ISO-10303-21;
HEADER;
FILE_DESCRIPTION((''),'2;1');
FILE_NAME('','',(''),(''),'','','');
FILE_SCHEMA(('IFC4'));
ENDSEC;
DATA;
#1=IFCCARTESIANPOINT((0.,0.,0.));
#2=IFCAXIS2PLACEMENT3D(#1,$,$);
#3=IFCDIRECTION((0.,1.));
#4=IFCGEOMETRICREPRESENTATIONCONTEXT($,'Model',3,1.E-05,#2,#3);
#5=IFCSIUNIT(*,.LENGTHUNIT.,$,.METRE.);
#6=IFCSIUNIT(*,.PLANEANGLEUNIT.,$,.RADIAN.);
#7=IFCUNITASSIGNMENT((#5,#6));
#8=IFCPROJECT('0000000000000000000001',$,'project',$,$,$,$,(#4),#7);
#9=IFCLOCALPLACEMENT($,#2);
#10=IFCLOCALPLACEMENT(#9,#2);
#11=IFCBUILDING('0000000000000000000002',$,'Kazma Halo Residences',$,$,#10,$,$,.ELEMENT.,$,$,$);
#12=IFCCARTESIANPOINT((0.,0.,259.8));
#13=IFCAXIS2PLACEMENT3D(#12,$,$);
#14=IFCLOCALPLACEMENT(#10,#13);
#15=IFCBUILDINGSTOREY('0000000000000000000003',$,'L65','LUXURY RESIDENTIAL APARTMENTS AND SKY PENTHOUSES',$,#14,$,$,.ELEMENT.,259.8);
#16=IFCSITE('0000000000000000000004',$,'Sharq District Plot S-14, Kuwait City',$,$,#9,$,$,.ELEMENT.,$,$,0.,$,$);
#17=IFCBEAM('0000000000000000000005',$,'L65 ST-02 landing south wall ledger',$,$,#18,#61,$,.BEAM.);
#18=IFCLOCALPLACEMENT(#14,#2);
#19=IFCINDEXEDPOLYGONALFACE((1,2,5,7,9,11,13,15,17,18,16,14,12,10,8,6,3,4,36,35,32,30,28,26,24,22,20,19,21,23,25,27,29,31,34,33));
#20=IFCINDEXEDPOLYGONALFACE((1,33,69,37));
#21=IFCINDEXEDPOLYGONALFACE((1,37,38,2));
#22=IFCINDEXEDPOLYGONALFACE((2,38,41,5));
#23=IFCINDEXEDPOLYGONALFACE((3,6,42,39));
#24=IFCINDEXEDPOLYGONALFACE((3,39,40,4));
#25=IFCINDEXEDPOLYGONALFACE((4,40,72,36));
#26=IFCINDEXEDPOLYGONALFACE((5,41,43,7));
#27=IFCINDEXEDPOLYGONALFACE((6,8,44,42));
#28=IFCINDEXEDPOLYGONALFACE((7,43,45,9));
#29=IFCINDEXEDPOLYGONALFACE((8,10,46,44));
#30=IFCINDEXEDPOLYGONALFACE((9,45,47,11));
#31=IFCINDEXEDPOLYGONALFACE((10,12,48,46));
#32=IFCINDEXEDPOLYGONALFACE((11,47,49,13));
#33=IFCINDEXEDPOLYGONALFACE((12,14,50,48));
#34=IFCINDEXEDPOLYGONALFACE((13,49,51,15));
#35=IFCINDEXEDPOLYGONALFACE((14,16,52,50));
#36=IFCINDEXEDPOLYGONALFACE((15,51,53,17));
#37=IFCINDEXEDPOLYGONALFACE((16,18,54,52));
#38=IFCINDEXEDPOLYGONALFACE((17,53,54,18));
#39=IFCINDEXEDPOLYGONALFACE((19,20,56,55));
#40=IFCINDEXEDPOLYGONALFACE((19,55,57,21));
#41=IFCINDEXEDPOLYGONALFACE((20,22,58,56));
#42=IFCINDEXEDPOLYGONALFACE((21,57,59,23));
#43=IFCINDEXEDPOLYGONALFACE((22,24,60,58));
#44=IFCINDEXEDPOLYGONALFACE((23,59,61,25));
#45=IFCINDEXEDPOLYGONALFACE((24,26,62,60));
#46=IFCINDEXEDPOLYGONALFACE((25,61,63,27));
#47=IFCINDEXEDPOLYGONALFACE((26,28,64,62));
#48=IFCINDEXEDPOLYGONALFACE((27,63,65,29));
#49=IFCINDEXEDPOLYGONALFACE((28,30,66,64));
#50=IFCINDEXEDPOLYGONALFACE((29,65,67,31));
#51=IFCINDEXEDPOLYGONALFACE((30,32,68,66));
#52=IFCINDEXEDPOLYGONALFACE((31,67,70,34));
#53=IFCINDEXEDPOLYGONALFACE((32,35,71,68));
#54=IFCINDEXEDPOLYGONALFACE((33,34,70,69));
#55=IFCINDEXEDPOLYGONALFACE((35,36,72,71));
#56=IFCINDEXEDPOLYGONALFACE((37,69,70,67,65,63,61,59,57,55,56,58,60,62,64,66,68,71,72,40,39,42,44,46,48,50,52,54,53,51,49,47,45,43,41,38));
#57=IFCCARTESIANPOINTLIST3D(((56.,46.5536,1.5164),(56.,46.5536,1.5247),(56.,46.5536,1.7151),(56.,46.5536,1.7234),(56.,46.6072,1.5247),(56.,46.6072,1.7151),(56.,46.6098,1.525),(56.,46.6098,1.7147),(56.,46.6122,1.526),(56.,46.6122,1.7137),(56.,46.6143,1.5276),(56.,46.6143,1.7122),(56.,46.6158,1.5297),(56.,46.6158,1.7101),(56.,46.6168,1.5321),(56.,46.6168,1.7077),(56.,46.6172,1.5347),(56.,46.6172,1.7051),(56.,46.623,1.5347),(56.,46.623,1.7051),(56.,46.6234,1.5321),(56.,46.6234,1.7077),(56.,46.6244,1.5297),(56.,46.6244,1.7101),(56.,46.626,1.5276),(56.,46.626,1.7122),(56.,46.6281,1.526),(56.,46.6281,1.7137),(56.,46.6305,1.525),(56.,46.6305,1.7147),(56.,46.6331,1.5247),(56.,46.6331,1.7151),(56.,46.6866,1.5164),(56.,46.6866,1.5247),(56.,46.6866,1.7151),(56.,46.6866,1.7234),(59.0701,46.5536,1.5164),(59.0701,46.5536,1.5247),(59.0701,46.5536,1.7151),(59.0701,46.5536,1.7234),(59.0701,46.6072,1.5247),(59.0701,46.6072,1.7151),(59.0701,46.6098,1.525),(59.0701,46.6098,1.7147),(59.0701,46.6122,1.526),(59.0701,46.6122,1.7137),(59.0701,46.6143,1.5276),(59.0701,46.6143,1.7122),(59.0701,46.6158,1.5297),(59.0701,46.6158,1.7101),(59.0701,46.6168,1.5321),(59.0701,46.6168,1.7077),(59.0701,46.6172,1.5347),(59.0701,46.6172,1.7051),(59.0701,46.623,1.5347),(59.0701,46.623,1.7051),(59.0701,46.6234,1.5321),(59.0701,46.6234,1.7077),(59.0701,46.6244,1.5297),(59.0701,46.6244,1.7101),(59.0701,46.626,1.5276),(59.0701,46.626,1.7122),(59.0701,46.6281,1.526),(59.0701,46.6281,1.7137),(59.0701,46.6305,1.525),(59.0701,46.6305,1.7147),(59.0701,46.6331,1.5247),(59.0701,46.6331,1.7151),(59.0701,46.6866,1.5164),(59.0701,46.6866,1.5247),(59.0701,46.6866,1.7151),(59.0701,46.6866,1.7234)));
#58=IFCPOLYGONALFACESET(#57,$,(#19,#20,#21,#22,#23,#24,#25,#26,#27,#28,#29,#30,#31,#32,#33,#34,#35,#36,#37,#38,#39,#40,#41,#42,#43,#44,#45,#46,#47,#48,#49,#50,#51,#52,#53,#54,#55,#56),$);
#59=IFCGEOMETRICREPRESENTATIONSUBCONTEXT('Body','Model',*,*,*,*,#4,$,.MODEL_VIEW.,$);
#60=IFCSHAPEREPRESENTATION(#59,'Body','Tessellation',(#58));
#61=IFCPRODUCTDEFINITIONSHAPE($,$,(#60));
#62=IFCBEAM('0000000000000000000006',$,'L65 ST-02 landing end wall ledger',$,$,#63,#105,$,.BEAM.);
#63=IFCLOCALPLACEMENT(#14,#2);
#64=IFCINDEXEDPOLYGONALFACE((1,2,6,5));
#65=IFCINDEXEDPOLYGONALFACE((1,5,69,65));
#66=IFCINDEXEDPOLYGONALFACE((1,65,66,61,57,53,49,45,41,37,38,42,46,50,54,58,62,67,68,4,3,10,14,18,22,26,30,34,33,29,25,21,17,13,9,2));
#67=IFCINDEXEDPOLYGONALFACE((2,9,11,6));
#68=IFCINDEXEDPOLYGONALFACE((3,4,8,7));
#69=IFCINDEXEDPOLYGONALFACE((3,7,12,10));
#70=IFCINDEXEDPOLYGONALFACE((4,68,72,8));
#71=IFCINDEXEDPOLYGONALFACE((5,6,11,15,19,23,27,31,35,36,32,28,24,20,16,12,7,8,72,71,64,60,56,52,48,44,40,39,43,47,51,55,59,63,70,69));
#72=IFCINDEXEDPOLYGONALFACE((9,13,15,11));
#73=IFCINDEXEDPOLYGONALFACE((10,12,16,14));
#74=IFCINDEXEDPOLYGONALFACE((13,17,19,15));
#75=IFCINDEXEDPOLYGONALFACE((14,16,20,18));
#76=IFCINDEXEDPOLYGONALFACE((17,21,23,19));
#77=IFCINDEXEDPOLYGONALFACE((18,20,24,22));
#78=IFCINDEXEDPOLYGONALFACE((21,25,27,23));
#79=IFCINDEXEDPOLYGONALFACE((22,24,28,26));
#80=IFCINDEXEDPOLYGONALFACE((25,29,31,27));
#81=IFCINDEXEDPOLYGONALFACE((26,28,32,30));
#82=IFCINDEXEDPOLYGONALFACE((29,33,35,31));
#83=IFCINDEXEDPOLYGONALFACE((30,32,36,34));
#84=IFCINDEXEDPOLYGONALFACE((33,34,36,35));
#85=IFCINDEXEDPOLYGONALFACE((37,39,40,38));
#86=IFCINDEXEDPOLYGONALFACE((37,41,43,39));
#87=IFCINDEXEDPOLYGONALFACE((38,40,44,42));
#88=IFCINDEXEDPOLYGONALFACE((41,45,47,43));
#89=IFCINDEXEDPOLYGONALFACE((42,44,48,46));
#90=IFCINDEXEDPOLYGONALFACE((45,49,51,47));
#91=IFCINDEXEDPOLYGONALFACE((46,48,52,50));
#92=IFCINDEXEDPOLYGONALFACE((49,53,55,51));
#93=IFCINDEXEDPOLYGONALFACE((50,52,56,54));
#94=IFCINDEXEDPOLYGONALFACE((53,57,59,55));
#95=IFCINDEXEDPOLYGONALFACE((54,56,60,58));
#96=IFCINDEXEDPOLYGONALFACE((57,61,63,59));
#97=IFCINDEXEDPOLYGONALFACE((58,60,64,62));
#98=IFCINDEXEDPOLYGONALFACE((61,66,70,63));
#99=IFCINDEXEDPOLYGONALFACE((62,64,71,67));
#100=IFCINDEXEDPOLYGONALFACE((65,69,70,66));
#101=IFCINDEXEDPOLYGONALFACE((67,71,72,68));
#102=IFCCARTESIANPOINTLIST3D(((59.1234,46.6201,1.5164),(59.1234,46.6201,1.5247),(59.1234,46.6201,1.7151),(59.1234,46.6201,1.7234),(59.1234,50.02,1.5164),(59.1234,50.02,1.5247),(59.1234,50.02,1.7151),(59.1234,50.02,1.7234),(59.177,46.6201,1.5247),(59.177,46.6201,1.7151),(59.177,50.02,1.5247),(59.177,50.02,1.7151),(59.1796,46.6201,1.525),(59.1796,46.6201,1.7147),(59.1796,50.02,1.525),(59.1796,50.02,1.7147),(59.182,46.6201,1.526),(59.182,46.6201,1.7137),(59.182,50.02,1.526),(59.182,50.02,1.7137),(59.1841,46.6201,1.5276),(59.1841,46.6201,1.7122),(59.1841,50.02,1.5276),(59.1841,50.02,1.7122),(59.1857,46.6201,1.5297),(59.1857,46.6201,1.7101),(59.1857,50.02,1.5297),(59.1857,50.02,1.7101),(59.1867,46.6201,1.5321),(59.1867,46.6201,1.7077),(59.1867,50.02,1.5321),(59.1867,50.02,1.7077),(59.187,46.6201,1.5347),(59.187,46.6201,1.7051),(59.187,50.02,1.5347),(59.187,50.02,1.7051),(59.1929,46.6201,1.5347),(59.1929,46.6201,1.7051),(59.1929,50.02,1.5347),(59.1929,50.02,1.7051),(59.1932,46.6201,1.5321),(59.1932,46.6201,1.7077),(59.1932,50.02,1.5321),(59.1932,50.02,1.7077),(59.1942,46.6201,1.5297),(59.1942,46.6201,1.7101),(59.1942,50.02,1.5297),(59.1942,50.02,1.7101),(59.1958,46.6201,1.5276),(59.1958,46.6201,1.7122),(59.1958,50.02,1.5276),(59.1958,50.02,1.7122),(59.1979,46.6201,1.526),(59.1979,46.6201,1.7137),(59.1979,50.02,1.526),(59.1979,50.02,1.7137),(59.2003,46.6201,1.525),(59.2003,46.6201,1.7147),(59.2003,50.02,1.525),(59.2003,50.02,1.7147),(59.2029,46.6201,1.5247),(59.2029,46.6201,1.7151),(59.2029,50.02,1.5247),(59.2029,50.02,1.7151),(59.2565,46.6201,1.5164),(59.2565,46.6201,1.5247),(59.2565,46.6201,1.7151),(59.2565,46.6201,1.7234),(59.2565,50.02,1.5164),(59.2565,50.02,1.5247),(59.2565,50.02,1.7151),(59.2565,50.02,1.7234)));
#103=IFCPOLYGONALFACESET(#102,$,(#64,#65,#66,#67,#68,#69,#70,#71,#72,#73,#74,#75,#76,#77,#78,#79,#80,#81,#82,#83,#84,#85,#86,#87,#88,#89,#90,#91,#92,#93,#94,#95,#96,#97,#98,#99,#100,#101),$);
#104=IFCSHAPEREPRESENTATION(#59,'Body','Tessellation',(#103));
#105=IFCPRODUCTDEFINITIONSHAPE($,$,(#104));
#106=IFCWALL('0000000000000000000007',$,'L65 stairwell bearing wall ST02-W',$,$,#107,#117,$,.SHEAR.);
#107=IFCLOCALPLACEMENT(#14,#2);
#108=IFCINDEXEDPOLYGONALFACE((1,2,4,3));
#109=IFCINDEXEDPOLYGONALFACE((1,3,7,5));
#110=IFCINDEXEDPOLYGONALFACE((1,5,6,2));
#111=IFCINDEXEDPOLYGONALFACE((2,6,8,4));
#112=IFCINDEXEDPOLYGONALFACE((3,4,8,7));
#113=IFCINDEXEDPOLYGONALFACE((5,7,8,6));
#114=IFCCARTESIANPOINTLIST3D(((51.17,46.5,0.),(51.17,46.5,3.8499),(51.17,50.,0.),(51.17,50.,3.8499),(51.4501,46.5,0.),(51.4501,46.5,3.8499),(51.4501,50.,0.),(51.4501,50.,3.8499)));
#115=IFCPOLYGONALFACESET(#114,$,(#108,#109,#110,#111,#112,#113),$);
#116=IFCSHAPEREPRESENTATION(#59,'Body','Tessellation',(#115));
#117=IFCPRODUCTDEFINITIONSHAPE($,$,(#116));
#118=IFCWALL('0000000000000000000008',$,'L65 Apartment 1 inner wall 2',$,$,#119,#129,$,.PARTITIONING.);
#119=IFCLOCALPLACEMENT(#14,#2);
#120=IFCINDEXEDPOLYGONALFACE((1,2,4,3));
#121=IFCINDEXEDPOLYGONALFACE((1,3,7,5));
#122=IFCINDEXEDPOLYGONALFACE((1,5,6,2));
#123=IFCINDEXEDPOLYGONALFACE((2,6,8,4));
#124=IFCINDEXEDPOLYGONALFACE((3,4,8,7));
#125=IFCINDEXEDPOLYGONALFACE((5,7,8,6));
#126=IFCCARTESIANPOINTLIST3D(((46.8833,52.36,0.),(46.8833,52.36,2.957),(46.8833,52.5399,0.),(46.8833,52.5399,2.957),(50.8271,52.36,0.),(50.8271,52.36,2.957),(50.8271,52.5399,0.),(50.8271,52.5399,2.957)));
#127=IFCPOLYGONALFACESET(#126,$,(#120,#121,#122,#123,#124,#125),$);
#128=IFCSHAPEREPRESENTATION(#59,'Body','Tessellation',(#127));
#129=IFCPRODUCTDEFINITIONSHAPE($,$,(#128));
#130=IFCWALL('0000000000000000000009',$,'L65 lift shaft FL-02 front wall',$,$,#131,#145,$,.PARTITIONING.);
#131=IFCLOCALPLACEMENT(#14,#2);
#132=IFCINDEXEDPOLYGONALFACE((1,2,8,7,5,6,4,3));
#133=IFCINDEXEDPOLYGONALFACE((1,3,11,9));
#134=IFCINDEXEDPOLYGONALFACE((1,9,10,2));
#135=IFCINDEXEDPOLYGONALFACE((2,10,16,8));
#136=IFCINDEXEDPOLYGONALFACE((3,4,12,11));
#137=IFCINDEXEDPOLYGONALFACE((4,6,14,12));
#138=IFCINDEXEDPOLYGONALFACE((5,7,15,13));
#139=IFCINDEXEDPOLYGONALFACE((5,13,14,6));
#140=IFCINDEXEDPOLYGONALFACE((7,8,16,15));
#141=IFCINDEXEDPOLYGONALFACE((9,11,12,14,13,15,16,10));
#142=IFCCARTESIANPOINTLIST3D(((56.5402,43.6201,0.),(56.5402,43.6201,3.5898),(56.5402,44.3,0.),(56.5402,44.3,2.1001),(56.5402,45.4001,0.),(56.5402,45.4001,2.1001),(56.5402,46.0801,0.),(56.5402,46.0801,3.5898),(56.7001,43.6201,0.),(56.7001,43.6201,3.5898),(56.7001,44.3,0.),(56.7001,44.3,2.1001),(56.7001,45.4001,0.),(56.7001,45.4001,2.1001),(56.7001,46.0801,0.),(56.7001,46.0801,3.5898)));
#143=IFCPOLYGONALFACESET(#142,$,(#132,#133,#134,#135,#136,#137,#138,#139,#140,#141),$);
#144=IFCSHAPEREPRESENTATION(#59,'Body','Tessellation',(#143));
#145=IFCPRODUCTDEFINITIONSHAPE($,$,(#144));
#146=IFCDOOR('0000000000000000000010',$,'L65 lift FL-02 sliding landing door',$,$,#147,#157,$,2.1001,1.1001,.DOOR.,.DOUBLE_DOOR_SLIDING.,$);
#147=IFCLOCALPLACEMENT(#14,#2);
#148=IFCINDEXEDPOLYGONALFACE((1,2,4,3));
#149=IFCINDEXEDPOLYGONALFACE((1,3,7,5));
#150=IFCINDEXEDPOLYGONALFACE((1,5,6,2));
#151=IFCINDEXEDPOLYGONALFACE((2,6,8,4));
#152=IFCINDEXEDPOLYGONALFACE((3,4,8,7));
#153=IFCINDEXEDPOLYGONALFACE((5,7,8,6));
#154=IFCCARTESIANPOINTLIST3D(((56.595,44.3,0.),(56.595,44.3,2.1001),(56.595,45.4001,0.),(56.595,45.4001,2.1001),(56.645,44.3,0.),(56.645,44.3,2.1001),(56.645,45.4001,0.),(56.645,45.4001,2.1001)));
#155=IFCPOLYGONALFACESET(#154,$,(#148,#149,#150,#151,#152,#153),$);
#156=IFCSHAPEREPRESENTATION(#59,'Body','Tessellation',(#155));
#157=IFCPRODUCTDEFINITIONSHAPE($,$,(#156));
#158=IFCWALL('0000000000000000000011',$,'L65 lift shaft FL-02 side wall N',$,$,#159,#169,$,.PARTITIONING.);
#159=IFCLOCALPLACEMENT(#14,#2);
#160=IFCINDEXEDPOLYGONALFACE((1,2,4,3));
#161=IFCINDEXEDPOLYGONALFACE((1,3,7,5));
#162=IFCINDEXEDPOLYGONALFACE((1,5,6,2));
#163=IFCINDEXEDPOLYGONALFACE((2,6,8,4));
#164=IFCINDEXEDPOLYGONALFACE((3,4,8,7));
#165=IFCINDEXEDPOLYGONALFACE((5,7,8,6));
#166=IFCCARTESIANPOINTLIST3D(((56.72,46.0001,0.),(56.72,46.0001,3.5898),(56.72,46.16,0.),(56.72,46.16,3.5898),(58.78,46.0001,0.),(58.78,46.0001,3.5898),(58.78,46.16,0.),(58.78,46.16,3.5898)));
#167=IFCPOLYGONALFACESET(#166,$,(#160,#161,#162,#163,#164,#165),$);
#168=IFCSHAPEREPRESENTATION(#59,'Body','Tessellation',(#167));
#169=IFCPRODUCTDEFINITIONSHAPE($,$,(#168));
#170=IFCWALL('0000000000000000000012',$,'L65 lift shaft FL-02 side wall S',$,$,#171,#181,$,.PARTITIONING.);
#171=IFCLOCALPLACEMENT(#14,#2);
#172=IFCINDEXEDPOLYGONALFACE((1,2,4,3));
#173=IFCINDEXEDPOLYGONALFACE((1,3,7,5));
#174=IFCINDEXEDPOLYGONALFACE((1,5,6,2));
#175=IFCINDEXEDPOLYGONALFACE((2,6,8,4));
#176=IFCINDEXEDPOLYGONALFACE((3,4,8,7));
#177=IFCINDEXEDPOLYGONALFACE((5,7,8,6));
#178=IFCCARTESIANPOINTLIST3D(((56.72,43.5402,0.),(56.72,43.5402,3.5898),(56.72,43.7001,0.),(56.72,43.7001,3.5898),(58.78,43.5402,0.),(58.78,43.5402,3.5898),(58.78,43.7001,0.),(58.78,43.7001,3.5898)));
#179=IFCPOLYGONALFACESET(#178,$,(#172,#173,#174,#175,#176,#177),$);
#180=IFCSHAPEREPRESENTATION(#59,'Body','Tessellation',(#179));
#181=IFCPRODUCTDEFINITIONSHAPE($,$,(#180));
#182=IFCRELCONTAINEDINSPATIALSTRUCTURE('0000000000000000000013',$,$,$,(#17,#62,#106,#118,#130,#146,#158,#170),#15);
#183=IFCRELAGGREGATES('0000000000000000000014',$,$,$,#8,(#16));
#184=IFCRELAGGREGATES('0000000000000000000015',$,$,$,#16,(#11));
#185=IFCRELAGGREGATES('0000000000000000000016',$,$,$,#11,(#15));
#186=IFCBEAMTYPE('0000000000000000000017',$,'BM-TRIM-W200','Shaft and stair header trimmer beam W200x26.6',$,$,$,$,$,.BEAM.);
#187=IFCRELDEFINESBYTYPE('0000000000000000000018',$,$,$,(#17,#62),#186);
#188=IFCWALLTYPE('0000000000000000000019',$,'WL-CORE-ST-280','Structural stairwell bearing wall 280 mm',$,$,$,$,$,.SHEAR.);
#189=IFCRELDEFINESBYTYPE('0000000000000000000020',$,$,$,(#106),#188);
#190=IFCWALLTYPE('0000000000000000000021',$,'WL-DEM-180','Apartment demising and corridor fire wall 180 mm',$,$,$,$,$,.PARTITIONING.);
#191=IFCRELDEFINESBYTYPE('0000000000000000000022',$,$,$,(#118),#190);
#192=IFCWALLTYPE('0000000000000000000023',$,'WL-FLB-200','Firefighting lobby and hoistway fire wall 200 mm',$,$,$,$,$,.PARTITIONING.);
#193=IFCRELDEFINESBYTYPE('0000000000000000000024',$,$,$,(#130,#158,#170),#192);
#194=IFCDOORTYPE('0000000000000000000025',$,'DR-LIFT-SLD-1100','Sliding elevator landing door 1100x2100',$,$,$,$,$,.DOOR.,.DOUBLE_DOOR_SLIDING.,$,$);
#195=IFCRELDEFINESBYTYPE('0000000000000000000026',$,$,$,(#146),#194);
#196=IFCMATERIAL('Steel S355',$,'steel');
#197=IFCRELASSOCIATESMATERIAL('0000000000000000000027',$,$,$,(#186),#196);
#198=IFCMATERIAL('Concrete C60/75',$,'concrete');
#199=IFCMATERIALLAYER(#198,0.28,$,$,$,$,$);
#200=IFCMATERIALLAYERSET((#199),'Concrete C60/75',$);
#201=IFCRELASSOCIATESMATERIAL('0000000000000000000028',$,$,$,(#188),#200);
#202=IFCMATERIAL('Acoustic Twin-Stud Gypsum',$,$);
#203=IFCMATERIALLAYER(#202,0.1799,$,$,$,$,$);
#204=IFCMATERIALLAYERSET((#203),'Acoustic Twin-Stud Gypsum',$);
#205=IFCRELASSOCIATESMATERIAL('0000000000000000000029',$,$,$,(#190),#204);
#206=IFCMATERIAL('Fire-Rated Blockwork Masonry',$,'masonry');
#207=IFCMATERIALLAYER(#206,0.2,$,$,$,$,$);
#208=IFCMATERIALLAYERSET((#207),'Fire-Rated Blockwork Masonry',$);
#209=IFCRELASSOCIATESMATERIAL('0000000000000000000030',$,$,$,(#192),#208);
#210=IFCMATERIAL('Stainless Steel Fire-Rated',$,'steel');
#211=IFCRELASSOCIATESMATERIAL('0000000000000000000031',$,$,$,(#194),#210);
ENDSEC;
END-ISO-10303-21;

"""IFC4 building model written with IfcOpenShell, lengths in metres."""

from ifc_helpers import new_model, si_unit, direction, frame, frame_2d, origin, origin_2d, place, context, subcontext, project, spatial, rectangle, i_section, extrude, material, layer, layer_set, material_profile, profile_set, type_object, element, fill, save


model = new_model("IFC4")

# Units and contexts
model_context = context("Model", 3, precision=1e-05, world=origin(), true_north=direction((0.0, 1.0)))
body_context = subcontext(model_context, "Body", "Model", "MODEL_VIEW")
ifc_project = project(units=[si_unit("LENGTHUNIT", "METRE"), si_unit("PLANEANGLEUNIT", "RADIAN")], contexts=[model_context])

# Site, building, storey
site_placement = place(None, origin())
site = spatial("IfcSite", under=ifc_project, at=site_placement, Name="Sharq District Plot S-14, Kuwait City", CompositionType="ELEMENT", RefElevation=0.0)
building_placement = place(site_placement, origin())
building = spatial("IfcBuilding", under=site, at=building_placement, Name="Kazma Halo Residences", CompositionType="ELEMENT")
storey_placement = place(building_placement, frame((0.0, 0.0, 259.8)))
storey = spatial("IfcBuildingStorey", under=building, at=storey_placement, Name="L65", Description="LUXURY RESIDENTIAL APARTMENTS AND SKY PENTHOUSES", CompositionType="ELEMENT", Elevation=259.8)

# Shared definitions
ifc_material_1 = material(Name="Steel S355", Category="steel")

# Beams
ifc_material_profile_1 = material_profile(ifc_material_1, i_section(OverallWidth=0.1331, OverallDepth=0.207, WebThickness=0.0059, FlangeThickness=0.0083, FilletRadius=0.01, at=origin_2d()), Name="W200x26.6")
ifc_profile_set_1 = profile_set([ifc_material_profile_1], Name="Steel S355")
beam_type_1 = type_object("IfcBeamType", Name="BM-TRIM-W200", Description="Shaft and stair header trimmer beam W200x26.6", PredefinedType="BEAM", material=ifc_profile_set_1)
beam_1_placement = place(storey_placement, frame((56.0, 46.6201, 1.6199), z_axis=(1.0, 0.0, 0.0), x_axis=(0.0, 1.0, 0.0)))
element("IfcBeam", 1, at=beam_1_placement, inside=storey, type_object=beam_type_1, Name="L65 ST-02 landing south wall ledger", PredefinedType="BEAM", context=body_context, shape_type="SweptSolid", body=[
    extrude(i_section(OverallWidth=0.1331, OverallDepth=0.207, WebThickness=0.0059, FlangeThickness=0.0083, FilletRadius=0.01, at=origin_2d()), origin(), (0.0, 0.0, 1.0), 3.0701),
])
beam_2_placement = place(storey_placement, frame((59.1899, 46.6201, 1.6199), z_axis=(0.0, 1.0, 0.0), x_axis=(-1.0, 0.0, 0.0)))
element("IfcBeam", 2, at=beam_2_placement, inside=storey, type_object=beam_type_1, Name="L65 ST-02 landing end wall ledger", PredefinedType="BEAM", context=body_context, shape_type="SweptSolid", body=[
    extrude(i_section(OverallWidth=0.1331, OverallDepth=0.207, WebThickness=0.0059, FlangeThickness=0.0083, FilletRadius=0.01, at=origin_2d()), origin(), (0.0, 0.0, 1.0), 3.3999),
])

# Walls
ifc_material_2 = material(Name="Concrete C60/75", Category="concrete")
ifc_layer_1 = layer(ifc_material_2, 0.28)
ifc_layer_set_1 = layer_set([ifc_layer_1], Name="Concrete C60/75")
wall_type_1 = type_object("IfcWallType", Name="WL-CORE-ST-280", Description="Structural stairwell bearing wall 280 mm", PredefinedType="SHEAR", material=ifc_layer_set_1)
wall_1_placement = place(storey_placement, frame((51.3101, 46.5, 0.0), z_axis=(0.0, 0.0, 1.0), x_axis=(0.0, 1.0, 0.0)))
element("IfcWall", 3, at=wall_1_placement, inside=storey, type_object=wall_type_1, Name="L65 stairwell bearing wall ST02-W", PredefinedType="SHEAR", context=body_context, shape_type="SweptSolid", body=[
    extrude(rectangle(XDim=3.5, YDim=0.28, at=frame_2d((1.75, 0.0))), origin(), (0.0, 0.0, 1.0), 3.8499),
])
ifc_material_3 = material(Name="Acoustic Twin-Stud Gypsum")
ifc_layer_2 = layer(ifc_material_3, 0.1799)
ifc_layer_set_2 = layer_set([ifc_layer_2], Name="Acoustic Twin-Stud Gypsum")
wall_type_2 = type_object("IfcWallType", Name="WL-DEM-180", Description="Apartment demising and corridor fire wall 180 mm", PredefinedType="PARTITIONING", material=ifc_layer_set_2)
wall_2_placement = place(storey_placement, frame((50.8271, 52.45, 0.0), z_axis=(0.0, 0.0, 1.0), x_axis=(-1.0, 0.0, 0.0)))
element("IfcWall", 4, at=wall_2_placement, inside=storey, type_object=wall_type_2, Name="L65 Apartment 1 inner wall 2", PredefinedType="PARTITIONING", context=body_context, shape_type="SweptSolid", body=[
    extrude(rectangle(XDim=3.9438, YDim=0.1799, at=frame_2d((1.9719, 0.0))), origin(), (0.0, 0.0, 1.0), 2.957),
])

# Wall, opening, door
ifc_material_4 = material(Name="Fire-Rated Blockwork Masonry", Category="masonry")
ifc_layer_3 = layer(ifc_material_4, 0.2)
ifc_layer_set_3 = layer_set([ifc_layer_3], Name="Fire-Rated Blockwork Masonry")
wall_type_3 = type_object("IfcWallType", Name="WL-FLB-200", Description="Firefighting lobby and hoistway fire wall 200 mm", PredefinedType="PARTITIONING", material=ifc_layer_set_3)
wall_3_placement = place(storey_placement, frame((56.6201, 46.0801, 0.0), z_axis=(0.0, 0.0, 1.0), x_axis=(0.0, -1.0, 0.0)))
wall_3 = element("IfcWall", 5, at=wall_3_placement, inside=storey, type_object=wall_type_3, Name="L65 lift shaft FL-02 front wall", PredefinedType="PARTITIONING", context=body_context, shape_type="SweptSolid", body=[
    extrude(rectangle(XDim=2.46, YDim=0.1599, at=frame_2d((1.23, 0.0))), origin(), (0.0, 0.0, 1.0), 3.5898),
])
opening_1_placement = place(wall_3_placement, frame((0.6799, 0.0, 0.0)))
opening_1 = element("IfcOpeningElement", 6, at=opening_1_placement, cuts=wall_3, PredefinedType="OPENING", context=body_context, shape_type="SweptSolid", body=[
    extrude(rectangle(XDim=1.1001, YDim=2.1001, at=frame_2d((0.55, 1.05))), frame((0.0, 0.0898, 0.0), z_axis=(0.0, -1.0, 0.0), x_axis=(1.0, 0.0, 0.0)), (0.0, 0.0, 1.0), 0.1799),
])
ifc_material_5 = material(Name="Stainless Steel Fire-Rated", Category="steel")
door_type_1 = type_object("IfcDoorType", Name="DR-LIFT-SLD-1100", Description="Sliding elevator landing door 1100x2100", OperationType="DOUBLE_DOOR_SLIDING", PredefinedType="DOOR", material=ifc_material_5)
door_1_placement = place(opening_1_placement, origin())
door_1 = element("IfcDoor", 7, at=door_1_placement, inside=storey, type_object=door_type_1, Name="L65 lift FL-02 sliding landing door", OperationType="DOUBLE_DOOR_SLIDING", OverallHeight=2.1001, OverallWidth=1.1001, PredefinedType="DOOR", context=body_context, shape_type="SweptSolid", body=[
    extrude(rectangle(XDim=1.1001, YDim=2.1001, at=frame_2d((0.55, 1.05))), frame((0.0, 0.0249, 0.0), z_axis=(0.0, -1.0, 0.0), x_axis=(1.0, 0.0, 0.0)), (0.0, 0.0, 1.0), 0.05),
])
fill(opening_1, door_1)

# Walls
for number, where, z_axis, x_axis, name in (
    (8, (56.72, 46.0801, 0.0), (0.0, 0.0, 1.0), (1.0, 0.0, 0.0), "L65 lift shaft FL-02 side wall N"),
    (9, (56.72, 43.6201, 0.0), (0.0, 0.0, 1.0), (1.0, 0.0, 0.0), "L65 lift shaft FL-02 side wall S"),
):
    element("IfcWall", number, at=place(storey_placement, frame(where, z_axis=z_axis, x_axis=x_axis)), inside=storey, type_object=wall_type_3, Name=name, PredefinedType="PARTITIONING", context=body_context, shape_type="SweptSolid", body=[
        extrude(rectangle(XDim=2.0601, YDim=0.1599, at=frame_2d((1.03, 0.0))), origin(), (0.0, 0.0, 1.0), 3.5898),
    ])

save(model, "model.ifc")
